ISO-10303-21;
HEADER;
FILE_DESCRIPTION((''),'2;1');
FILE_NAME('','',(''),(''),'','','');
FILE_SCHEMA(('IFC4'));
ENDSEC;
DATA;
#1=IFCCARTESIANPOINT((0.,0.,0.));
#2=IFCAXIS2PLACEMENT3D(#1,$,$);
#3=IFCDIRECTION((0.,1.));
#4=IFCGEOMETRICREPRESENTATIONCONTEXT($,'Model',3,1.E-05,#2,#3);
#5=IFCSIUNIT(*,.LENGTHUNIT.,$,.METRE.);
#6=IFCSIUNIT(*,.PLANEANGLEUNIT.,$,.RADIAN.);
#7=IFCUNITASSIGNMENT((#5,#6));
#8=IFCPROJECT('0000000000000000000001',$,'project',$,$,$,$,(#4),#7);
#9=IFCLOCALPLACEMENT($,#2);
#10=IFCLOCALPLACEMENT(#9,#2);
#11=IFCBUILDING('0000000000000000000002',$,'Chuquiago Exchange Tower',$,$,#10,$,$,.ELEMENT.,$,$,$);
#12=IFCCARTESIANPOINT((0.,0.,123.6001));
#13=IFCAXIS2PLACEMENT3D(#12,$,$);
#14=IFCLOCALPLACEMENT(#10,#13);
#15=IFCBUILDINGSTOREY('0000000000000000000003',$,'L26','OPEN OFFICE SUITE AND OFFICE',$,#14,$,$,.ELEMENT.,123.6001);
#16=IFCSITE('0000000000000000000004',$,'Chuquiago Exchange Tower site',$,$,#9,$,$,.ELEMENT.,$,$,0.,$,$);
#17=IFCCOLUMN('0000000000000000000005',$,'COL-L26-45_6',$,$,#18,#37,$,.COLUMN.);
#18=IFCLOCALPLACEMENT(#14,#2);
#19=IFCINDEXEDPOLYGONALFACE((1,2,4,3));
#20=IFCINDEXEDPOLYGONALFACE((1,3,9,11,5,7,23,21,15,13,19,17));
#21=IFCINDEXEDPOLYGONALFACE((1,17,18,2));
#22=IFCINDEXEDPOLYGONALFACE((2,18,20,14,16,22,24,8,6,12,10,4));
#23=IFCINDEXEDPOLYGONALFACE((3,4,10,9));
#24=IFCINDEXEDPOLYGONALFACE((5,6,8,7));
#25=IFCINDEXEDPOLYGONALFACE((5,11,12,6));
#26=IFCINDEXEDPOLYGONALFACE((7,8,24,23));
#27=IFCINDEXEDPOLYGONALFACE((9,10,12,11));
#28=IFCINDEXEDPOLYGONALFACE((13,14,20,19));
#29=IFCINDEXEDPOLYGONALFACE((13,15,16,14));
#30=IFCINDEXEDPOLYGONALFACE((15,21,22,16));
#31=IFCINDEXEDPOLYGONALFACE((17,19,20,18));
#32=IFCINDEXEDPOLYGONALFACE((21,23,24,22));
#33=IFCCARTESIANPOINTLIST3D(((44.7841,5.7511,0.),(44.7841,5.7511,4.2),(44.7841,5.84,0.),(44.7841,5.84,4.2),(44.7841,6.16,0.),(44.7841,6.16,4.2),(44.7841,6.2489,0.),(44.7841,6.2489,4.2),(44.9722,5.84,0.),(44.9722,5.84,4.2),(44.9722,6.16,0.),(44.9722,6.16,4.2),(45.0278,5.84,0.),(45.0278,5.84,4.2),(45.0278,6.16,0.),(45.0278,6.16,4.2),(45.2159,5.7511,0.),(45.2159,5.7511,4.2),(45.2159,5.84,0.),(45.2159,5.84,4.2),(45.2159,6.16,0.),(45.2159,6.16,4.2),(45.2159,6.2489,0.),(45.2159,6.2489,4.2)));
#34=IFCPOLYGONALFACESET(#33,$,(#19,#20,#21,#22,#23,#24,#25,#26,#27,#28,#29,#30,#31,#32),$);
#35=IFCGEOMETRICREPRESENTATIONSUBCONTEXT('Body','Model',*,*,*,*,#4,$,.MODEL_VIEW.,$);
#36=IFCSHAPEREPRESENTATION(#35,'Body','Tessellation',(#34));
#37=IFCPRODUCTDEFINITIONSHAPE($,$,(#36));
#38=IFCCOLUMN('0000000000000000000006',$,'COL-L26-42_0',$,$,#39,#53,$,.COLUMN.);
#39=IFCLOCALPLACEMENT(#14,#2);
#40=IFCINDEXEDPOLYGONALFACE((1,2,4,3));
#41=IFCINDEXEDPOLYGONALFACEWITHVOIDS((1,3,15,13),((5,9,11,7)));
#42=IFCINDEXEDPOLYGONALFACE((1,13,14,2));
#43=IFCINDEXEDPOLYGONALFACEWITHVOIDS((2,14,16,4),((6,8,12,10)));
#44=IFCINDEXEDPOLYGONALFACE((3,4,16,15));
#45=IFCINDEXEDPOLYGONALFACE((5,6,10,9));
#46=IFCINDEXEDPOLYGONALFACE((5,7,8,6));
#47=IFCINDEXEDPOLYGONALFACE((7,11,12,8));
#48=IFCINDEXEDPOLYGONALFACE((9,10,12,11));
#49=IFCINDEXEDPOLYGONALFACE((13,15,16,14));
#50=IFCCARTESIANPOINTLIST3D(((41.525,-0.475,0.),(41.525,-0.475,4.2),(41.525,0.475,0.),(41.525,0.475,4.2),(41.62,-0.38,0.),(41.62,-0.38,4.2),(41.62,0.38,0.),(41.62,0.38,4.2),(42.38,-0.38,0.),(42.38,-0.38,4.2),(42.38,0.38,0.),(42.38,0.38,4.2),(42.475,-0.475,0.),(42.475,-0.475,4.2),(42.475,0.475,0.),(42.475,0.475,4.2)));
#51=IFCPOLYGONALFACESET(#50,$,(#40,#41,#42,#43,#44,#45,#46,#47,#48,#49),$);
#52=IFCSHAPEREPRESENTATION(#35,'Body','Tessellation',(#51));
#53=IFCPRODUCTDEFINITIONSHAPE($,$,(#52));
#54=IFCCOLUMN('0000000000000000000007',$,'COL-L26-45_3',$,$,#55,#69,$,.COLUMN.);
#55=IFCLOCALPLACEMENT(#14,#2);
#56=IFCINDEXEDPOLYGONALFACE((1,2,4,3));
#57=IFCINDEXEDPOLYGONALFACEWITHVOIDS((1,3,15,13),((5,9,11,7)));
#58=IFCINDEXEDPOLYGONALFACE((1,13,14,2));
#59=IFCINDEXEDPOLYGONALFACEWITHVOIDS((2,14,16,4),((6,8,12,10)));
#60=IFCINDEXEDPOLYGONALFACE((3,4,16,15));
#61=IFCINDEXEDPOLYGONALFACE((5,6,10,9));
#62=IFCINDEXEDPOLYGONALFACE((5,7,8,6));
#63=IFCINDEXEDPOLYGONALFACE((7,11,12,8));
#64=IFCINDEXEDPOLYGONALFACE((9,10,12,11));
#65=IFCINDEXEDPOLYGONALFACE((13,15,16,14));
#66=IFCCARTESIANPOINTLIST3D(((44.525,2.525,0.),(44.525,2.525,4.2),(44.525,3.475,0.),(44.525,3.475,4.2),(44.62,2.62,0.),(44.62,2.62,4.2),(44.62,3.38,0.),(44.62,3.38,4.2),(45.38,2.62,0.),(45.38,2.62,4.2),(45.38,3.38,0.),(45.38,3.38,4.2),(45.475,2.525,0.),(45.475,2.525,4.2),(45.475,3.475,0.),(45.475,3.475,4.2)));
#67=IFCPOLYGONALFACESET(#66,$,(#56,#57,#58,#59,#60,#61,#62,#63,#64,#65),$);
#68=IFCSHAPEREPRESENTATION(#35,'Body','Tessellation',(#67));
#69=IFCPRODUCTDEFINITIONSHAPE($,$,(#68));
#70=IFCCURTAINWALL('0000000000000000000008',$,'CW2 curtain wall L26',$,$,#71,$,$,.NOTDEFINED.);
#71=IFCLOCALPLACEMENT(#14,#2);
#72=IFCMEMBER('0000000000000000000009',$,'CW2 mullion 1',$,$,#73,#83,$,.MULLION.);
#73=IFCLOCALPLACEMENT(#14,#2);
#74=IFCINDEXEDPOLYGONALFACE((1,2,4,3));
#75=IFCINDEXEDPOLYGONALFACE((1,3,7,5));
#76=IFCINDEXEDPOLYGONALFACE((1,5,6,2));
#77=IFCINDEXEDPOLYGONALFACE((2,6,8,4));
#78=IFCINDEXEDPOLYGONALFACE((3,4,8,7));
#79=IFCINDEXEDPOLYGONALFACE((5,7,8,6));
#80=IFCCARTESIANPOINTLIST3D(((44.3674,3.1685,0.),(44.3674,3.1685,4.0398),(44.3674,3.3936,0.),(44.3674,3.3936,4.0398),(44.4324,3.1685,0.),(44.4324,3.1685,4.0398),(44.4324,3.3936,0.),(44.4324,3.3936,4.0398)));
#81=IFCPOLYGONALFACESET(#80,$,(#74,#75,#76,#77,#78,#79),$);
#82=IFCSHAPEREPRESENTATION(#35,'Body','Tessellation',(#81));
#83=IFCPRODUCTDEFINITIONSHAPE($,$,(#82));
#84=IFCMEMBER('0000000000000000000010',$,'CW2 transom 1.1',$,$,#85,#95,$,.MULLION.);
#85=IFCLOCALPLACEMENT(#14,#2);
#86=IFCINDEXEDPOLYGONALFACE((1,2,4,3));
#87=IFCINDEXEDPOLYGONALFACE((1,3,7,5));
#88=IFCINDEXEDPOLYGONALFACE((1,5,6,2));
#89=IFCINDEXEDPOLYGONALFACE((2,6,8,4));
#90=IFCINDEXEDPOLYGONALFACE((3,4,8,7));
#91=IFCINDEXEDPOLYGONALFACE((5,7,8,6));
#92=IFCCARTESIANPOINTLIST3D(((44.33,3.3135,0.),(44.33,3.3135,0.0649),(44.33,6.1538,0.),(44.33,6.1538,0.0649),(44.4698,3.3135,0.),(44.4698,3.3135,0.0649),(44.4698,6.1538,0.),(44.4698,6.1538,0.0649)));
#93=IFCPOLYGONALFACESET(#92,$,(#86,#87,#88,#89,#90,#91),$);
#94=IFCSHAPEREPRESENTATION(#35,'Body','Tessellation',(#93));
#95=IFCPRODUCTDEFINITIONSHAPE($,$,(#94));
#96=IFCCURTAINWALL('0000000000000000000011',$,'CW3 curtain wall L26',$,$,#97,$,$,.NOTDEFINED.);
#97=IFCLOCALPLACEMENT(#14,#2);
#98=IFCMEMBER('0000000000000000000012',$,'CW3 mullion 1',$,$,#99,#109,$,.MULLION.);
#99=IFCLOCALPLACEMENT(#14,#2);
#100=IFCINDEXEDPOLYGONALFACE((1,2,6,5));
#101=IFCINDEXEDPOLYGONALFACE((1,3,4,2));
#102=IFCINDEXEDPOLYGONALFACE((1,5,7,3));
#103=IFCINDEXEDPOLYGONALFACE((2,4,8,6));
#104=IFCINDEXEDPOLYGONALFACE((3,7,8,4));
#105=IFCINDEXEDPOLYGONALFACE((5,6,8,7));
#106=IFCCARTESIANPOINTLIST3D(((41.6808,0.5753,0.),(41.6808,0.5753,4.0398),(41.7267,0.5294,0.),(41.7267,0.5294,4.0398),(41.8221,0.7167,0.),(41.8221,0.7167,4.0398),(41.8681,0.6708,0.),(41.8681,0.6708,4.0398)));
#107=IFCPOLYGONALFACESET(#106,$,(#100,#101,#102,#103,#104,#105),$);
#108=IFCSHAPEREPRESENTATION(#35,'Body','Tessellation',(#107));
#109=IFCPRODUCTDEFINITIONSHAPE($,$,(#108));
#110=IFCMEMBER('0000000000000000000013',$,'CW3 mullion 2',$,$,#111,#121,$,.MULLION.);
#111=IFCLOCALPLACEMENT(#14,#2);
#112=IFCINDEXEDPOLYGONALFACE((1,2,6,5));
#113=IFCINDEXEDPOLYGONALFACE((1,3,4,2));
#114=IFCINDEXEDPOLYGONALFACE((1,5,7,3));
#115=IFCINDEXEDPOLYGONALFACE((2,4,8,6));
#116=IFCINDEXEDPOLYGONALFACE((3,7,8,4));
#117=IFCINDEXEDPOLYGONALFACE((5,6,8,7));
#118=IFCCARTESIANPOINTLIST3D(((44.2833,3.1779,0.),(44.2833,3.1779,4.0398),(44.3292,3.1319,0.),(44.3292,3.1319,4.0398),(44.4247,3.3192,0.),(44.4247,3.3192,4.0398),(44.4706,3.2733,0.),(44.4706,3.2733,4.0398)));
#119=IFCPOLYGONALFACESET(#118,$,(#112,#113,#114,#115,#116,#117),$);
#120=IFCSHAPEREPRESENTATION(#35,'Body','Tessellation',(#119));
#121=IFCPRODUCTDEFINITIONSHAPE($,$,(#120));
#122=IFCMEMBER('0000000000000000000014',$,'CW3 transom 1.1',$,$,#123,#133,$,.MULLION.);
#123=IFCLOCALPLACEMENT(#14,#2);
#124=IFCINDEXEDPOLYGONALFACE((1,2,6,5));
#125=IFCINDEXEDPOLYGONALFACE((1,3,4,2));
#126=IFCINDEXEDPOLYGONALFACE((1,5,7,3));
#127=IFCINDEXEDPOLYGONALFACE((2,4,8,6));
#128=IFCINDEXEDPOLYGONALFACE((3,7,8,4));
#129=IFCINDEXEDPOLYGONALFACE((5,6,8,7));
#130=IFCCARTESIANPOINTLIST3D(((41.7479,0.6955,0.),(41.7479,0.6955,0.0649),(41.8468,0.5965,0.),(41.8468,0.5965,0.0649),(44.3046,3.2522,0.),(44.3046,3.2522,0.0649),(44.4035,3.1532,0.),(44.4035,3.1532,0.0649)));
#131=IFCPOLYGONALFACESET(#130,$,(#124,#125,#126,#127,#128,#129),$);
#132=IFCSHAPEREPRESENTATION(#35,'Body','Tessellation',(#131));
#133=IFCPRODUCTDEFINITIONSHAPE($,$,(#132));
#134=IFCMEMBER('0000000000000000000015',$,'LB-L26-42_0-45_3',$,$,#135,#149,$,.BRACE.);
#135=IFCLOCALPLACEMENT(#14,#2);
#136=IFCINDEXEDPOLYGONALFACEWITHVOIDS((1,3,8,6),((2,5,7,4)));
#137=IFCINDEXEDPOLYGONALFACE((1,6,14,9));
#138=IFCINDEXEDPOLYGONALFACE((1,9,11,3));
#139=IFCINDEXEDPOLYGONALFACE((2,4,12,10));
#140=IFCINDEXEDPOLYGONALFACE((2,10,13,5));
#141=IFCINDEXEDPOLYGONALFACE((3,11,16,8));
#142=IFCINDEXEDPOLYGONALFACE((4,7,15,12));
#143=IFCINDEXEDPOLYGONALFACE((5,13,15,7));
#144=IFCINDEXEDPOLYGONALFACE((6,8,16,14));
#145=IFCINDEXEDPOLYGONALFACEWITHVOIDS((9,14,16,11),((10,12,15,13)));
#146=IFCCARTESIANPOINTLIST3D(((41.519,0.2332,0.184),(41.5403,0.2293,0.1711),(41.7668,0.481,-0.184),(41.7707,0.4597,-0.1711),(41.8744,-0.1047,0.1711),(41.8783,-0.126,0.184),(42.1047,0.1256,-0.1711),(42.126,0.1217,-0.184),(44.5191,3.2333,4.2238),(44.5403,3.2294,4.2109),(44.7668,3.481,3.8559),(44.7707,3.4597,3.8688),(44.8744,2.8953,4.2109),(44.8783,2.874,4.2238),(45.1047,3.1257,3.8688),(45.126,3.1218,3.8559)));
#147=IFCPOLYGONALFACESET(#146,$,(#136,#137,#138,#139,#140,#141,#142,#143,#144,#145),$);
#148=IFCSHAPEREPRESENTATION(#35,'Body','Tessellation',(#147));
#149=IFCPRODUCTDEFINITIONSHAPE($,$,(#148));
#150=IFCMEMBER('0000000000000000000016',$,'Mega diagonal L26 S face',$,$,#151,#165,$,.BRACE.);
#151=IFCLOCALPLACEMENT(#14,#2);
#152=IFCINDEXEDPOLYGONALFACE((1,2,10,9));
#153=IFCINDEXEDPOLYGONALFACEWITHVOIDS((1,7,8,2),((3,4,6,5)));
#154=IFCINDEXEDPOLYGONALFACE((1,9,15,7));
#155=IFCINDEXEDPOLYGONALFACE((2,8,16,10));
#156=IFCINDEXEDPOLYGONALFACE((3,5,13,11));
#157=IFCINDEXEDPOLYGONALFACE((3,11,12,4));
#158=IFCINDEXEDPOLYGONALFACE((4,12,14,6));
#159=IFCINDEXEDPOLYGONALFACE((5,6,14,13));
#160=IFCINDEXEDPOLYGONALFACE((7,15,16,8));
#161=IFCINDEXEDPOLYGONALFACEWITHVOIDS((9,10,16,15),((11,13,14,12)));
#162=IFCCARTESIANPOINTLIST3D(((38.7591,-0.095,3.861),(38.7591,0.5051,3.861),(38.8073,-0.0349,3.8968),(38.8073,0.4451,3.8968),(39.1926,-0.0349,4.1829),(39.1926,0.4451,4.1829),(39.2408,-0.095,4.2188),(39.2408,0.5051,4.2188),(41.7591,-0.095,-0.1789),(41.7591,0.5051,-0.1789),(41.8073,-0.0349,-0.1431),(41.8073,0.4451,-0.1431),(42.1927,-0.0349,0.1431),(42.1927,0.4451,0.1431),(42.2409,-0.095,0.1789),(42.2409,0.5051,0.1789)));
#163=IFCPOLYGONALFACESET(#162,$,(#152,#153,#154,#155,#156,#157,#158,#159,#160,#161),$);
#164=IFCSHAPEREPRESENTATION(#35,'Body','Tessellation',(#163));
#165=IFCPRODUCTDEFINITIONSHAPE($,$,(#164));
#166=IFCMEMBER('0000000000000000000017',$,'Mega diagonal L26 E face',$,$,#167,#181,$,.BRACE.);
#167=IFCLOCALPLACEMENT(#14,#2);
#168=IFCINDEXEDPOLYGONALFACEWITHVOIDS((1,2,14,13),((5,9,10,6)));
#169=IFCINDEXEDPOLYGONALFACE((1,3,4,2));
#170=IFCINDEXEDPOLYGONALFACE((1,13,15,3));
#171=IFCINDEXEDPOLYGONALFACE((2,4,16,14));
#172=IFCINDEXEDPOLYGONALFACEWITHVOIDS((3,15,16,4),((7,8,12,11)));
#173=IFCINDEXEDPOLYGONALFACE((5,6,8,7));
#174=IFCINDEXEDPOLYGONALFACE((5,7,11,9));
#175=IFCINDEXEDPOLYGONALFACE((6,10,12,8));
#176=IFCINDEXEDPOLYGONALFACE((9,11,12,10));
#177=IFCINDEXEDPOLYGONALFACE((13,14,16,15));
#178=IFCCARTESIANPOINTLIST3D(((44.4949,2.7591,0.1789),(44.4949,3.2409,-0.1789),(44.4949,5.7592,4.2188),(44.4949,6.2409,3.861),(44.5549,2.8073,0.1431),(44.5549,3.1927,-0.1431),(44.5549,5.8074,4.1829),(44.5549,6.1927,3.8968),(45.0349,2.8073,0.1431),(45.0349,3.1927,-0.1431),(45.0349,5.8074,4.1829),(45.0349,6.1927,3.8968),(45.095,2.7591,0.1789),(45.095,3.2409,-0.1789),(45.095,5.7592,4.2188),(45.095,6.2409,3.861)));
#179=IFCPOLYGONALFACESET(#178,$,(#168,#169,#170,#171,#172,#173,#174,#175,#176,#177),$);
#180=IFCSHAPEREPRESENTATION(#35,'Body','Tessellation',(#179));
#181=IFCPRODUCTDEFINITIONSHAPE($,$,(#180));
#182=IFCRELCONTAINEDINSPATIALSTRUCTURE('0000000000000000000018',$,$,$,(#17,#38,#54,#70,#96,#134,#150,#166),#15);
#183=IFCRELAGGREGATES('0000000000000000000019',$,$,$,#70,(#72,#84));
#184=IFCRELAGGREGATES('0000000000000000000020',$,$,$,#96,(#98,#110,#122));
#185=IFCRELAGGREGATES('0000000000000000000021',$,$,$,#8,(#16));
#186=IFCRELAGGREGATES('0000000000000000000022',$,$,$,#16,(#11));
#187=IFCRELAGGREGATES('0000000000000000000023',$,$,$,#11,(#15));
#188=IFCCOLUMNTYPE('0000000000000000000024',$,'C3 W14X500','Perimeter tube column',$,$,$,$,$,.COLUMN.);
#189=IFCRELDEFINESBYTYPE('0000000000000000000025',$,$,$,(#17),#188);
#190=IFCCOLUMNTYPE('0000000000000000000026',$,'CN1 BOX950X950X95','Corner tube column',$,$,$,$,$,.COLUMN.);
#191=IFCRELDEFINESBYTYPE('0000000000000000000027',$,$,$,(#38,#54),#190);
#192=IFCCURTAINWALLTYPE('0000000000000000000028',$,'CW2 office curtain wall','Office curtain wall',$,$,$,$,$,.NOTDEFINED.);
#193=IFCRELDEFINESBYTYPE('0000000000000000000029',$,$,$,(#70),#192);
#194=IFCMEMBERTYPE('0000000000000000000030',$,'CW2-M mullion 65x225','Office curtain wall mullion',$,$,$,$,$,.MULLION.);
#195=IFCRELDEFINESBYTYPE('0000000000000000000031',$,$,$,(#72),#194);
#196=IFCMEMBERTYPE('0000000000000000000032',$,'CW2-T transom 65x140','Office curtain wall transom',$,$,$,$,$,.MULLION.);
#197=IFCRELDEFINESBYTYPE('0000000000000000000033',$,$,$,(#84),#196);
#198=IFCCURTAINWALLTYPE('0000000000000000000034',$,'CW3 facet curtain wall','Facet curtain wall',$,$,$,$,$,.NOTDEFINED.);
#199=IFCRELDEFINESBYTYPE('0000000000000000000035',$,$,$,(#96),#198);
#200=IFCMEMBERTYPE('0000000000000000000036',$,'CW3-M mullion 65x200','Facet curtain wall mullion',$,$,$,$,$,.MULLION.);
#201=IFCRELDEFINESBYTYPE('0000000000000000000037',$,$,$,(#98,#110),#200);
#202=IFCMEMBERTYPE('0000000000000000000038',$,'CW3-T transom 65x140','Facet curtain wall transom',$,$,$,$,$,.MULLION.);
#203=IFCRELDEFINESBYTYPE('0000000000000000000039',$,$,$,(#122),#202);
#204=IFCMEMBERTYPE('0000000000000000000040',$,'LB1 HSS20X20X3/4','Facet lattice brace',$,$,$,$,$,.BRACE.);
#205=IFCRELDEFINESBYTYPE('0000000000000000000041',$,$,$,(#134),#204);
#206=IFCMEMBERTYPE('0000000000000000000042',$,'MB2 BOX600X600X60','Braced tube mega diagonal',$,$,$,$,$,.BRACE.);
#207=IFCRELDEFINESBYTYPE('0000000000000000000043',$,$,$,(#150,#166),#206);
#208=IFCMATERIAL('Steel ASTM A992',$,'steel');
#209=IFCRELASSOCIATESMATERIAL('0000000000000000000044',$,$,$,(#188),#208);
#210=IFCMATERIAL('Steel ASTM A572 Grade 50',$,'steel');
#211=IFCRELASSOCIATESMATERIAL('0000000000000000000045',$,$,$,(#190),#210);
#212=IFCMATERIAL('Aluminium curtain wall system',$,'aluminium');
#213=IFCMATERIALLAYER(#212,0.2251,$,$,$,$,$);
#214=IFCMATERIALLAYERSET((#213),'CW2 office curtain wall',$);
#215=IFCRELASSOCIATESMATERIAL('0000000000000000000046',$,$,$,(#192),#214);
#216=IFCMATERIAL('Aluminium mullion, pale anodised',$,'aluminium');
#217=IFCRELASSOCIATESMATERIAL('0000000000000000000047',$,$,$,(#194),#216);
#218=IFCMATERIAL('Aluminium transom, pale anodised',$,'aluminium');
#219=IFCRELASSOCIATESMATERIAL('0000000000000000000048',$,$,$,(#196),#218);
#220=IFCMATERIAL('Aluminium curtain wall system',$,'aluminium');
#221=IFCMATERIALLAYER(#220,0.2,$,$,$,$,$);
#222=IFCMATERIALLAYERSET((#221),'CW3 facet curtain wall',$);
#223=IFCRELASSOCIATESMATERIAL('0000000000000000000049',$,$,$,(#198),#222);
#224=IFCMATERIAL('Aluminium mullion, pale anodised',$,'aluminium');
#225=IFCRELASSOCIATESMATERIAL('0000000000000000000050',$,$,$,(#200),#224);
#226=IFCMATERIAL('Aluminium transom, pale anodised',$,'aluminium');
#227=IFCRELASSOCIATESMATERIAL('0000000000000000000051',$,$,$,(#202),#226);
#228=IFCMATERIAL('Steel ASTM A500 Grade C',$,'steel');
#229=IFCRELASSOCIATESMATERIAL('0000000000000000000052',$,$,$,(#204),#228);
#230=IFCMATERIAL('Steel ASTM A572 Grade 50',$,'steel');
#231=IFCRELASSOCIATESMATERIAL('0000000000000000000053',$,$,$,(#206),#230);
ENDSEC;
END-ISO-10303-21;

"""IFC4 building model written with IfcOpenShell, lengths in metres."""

from ifc_helpers import new_model, si_unit, direction, frame, origin, origin_2d, place, context, subcontext, project, spatial, rectangle, hollow_rectangle, i_section, extrude, material, layer, layer_set, material_profile, profile_set, type_object, element, aggregate, save


model = new_model("IFC4")

# Units and contexts
model_context = context("Model", 3, precision=1e-05, world=origin(), true_north=direction((0.0, 1.0)))
body_context = subcontext(model_context, "Body", "Model", "MODEL_VIEW")
ifc_project = project(units=[si_unit("LENGTHUNIT", "METRE"), si_unit("PLANEANGLEUNIT", "RADIAN")], contexts=[model_context])

# Site, building, storey
site_placement = place(None, origin())
site = spatial("IfcSite", under=ifc_project, at=site_placement, Name="Chuquiago Exchange Tower site", CompositionType="ELEMENT", RefElevation=0.0)
building_placement = place(site_placement, origin())
building = spatial("IfcBuilding", under=site, at=building_placement, Name="Chuquiago Exchange Tower", CompositionType="ELEMENT")
storey_placement = place(building_placement, frame((0.0, 0.0, 123.6001)))
storey = spatial("IfcBuildingStorey", under=building, at=storey_placement, Name="L26", Description="OPEN OFFICE SUITE AND OFFICE", CompositionType="ELEMENT", Elevation=123.6001)

# Columns
ifc_material_1 = material(Name="Steel ASTM A992", Category="steel")
ifc_material_profile_1 = material_profile(ifc_material_1, i_section(OverallWidth=0.4319, OverallDepth=0.4978, WebThickness=0.0557, FlangeThickness=0.0889, at=origin_2d()), Name="W14X500")
ifc_profile_set_1 = profile_set([ifc_material_profile_1], Name="Steel ASTM A992")
column_type_1 = type_object("IfcColumnType", Name="C3 W14X500", Description="Perimeter tube column", PredefinedType="COLUMN", material=ifc_profile_set_1)
column_placement = place(storey_placement, frame((45.0, 6.0, 0.0), z_axis=(0.0, 0.0, 1.0), x_axis=(1.0, 0.0, 0.0)))
element("IfcColumn", 1, at=column_placement, inside=storey, type_object=column_type_1, Name="COL-L26-45_6", PredefinedType="COLUMN", context=body_context, shape_type="SweptSolid", body=[
    extrude(i_section(OverallWidth=0.4319, OverallDepth=0.4978, WebThickness=0.0557, FlangeThickness=0.0889, at=origin_2d()), origin(), (0.0, 0.0, 1.0), 4.2),
])
ifc_material_2 = material(Name="Steel ASTM A572 Grade 50", Category="steel")
ifc_material_profile_2 = material_profile(ifc_material_2, hollow_rectangle(XDim=0.95, YDim=0.95, WallThickness=0.095, at=origin_2d()), Name="BOX950X950X95")
ifc_profile_set_2 = profile_set([ifc_material_profile_2], Name="Steel ASTM A572 Grade 50")
column_type_2 = type_object("IfcColumnType", Name="CN1 BOX950X950X95", Description="Corner tube column", PredefinedType="COLUMN", material=ifc_profile_set_2)
for number, where, z_axis, x_axis, name in (
    (2, (42.0, 0.0, 0.0), (0.0, 0.0, 1.0), (0.0, -1.0, 0.0), "COL-L26-42_0"),
    (3, (45.0, 3.0, 0.0), (0.0, 0.0, 1.0), (1.0, 0.0, 0.0), "COL-L26-45_3"),
):
    element("IfcColumn", number, at=place(storey_placement, frame(where, z_axis=z_axis, x_axis=x_axis)), inside=storey, type_object=column_type_2, Name=name, PredefinedType="COLUMN", context=body_context, shape_type="SweptSolid", body=[
        extrude(hollow_rectangle(XDim=0.95, YDim=0.95, WallThickness=0.095, at=origin_2d()), origin(), (0.0, 0.0, 1.0), 4.2),
    ])

# Curtain walls, members
ifc_material_3 = material(Name="Aluminium curtain wall system", Category="aluminium")
ifc_layer_1 = layer(ifc_material_3, 0.2251)
ifc_layer_set_1 = layer_set([ifc_layer_1], Name="CW2 office curtain wall")
curtain_wall_type_1 = type_object("IfcCurtainWallType", Name="CW2 office curtain wall", Description="Office curtain wall", PredefinedType="NOTDEFINED", material=ifc_layer_set_1)
curtain_wall_1_placement = place(storey_placement, origin())
curtain_wall_1 = element("IfcCurtainWall", 4, at=curtain_wall_1_placement, inside=storey, type_object=curtain_wall_type_1, Name="CW2 curtain wall L26", PredefinedType="NOTDEFINED")
ifc_material_4 = material(Name="Aluminium mullion, pale anodised", Category="aluminium")
ifc_material_profile_3 = material_profile(ifc_material_4, rectangle(XDim=0.0649, YDim=0.2251, at=origin_2d()), Name="AL 65x225")
ifc_profile_set_3 = profile_set([ifc_material_profile_3], Name="Aluminium mullion, pale anodised")
member_type_1 = type_object("IfcMemberType", Name="CW2-M mullion 65x225", Description="Office curtain wall mullion", PredefinedType="MULLION", material=ifc_profile_set_3)
member_1_placement = place(storey_placement, frame((44.3999, 3.281, 0.0), z_axis=(0.0, 0.0, 1.0), x_axis=(-1.0, 0.0, 0.0)))
member_1 = element("IfcMember", 5, at=member_1_placement, type_object=member_type_1, Name="CW2 mullion 1", PredefinedType="MULLION", context=body_context, shape_type="SweptSolid", body=[
    extrude(rectangle(XDim=0.0649, YDim=0.2251, at=origin_2d()), origin(), (0.0, 0.0, 1.0), 4.0398),
])
ifc_material_5 = material(Name="Aluminium transom, pale anodised", Category="aluminium")
ifc_material_profile_4 = material_profile(ifc_material_5, rectangle(XDim=0.1399, YDim=0.0649, at=origin_2d()), Name="AL 140x65")
ifc_profile_set_4 = profile_set([ifc_material_profile_4], Name="Aluminium transom, pale anodised")
member_type_2 = type_object("IfcMemberType", Name="CW2-T transom 65x140", Description="Office curtain wall transom", PredefinedType="MULLION", material=ifc_profile_set_4)
member_2_placement = place(storey_placement, frame((44.3999, 3.3135, 0.0325), z_axis=(0.0, 1.0, 0.0), x_axis=(-1.0, 0.0, 0.0)))
member_2 = element("IfcMember", 6, at=member_2_placement, type_object=member_type_2, Name="CW2 transom 1.1", PredefinedType="MULLION", context=body_context, shape_type="SweptSolid", body=[
    extrude(rectangle(XDim=0.1399, YDim=0.0649, at=origin_2d()), origin(), (0.0, 0.0, 1.0), 2.8403),
])
ifc_material_6 = material(Name="Aluminium curtain wall system", Category="aluminium")
ifc_layer_2 = layer(ifc_material_6, 0.2)
ifc_layer_set_2 = layer_set([ifc_layer_2], Name="CW3 facet curtain wall")
curtain_wall_type_2 = type_object("IfcCurtainWallType", Name="CW3 facet curtain wall", Description="Facet curtain wall", PredefinedType="NOTDEFINED", material=ifc_layer_set_2)
curtain_wall_2_placement = place(storey_placement, origin())
curtain_wall_2 = element("IfcCurtainWall", 7, at=curtain_wall_2_placement, inside=storey, type_object=curtain_wall_type_2, Name="CW3 curtain wall L26", PredefinedType="NOTDEFINED")
ifc_material_7 = material(Name="Aluminium mullion, pale anodised", Category="aluminium")
ifc_material_profile_5 = material_profile(ifc_material_7, rectangle(XDim=0.0649, YDim=0.2, at=origin_2d()), Name="AL 65x200")
ifc_profile_set_5 = profile_set([ifc_material_profile_5], Name="Aluminium mullion, pale anodised")
member_type_3 = type_object("IfcMemberType", Name="CW3-M mullion 65x200", Description="Facet curtain wall mullion", PredefinedType="MULLION", material=ifc_profile_set_5)
member_3_placement = place(storey_placement, frame((41.7744, 0.623, 0.0), z_axis=(0.0, 0.0, 1.0), x_axis=(-0.707107, 0.707107, 0.0)))
member_3 = element("IfcMember", 8, at=member_3_placement, type_object=member_type_3, Name="CW3 mullion 1", PredefinedType="MULLION", context=body_context, shape_type="SweptSolid", body=[
    extrude(rectangle(XDim=0.0649, YDim=0.2, at=origin_2d()), origin(), (0.0, 0.0, 1.0), 4.0398),
])
member_4_placement = place(storey_placement, frame((44.377, 3.2256, 0.0), z_axis=(0.0, 0.0, 1.0), x_axis=(-0.707107, 0.707107, 0.0)))
member_4 = element("IfcMember", 9, at=member_4_placement, type_object=member_type_3, Name="CW3 mullion 2", PredefinedType="MULLION", context=body_context, shape_type="SweptSolid", body=[
    extrude(rectangle(XDim=0.0649, YDim=0.2, at=origin_2d()), origin(), (0.0, 0.0, 1.0), 4.0398),
])
ifc_material_8 = material(Name="Aluminium transom, pale anodised", Category="aluminium")
ifc_material_profile_6 = material_profile(ifc_material_8, rectangle(XDim=0.1399, YDim=0.0649, at=origin_2d()), Name="AL 140x65")
ifc_profile_set_6 = profile_set([ifc_material_profile_6], Name="Aluminium transom, pale anodised")
member_type_4 = type_object("IfcMemberType", Name="CW3-T transom 65x140", Description="Facet curtain wall transom", PredefinedType="MULLION", material=ifc_profile_set_6)
member_5_placement = place(storey_placement, frame((41.7974, 0.646, 0.0325), z_axis=(0.707107, 0.707107, 0.0), x_axis=(-0.707107, 0.707107, 0.0)))
member_5 = element("IfcMember", 10, at=member_5_placement, type_object=member_type_4, Name="CW3 transom 1.1", PredefinedType="MULLION", context=body_context, shape_type="SweptSolid", body=[
    extrude(rectangle(XDim=0.1399, YDim=0.0649, at=origin_2d()), origin(), (0.0, 0.0, 1.0), 3.6157),
])

# Members
ifc_material_9 = material(Name="Steel ASTM A500 Grade C", Category="steel")
ifc_material_profile_7 = material_profile(ifc_material_9, hollow_rectangle(XDim=0.5081, YDim=0.5081, WallThickness=0.0178, at=origin_2d()), Name="HSS20X20X3/4")
ifc_profile_set_7 = profile_set([ifc_material_profile_7], Name="Steel ASTM A500 Grade C")
member_type_5 = type_object("IfcMemberType", Name="LB1 HSS20X20X3/4", Description="Facet lattice brace", PredefinedType="BRACE", material=ifc_profile_set_7)
member_6_placement = place(storey_placement, frame((41.8225, 0.1775, 0.0), z_axis=(0.512092, 0.512092, 0.689582), x_axis=(-0.707107, 0.707107, 0.0)))
element("IfcMember", 11, at=member_6_placement, inside=storey, type_object=member_type_5, Name="LB-L26-42_0-45_3", PredefinedType="BRACE", context=body_context, shape_type="SweptSolid", body=[
    extrude(hollow_rectangle(XDim=0.5081, YDim=0.5081, WallThickness=0.0178, at=origin_2d()), origin(), (0.0, 0.0, 1.0), 5.8584),
])
ifc_material_10 = material(Name="Steel ASTM A572 Grade 50", Category="steel")
ifc_material_profile_8 = material_profile(ifc_material_10, hollow_rectangle(XDim=0.6001, YDim=0.6001, WallThickness=0.0601, at=origin_2d()), Name="BOX600X600X60")
ifc_profile_set_8 = profile_set([ifc_material_profile_8], Name="Steel ASTM A572 Grade 50")
member_type_6 = type_object("IfcMemberType", Name="MB2 BOX600X600X60", Description="Braced tube mega diagonal", PredefinedType="BRACE", material=ifc_profile_set_8)
for number, where, z_axis, x_axis, name in (
    (12, (42.0, 0.2051, 0.0), (-0.596197, 0.0, 0.802838), (0.0, -1.0, 0.0), "Mega diagonal L26 S face"),
    (13, (44.7949, 3.0, 0.0), (0.0, 0.596197, 0.802838), (-1.0, 0.0, 0.0), "Mega diagonal L26 E face"),
):
    element("IfcMember", number, at=place(storey_placement, frame(where, z_axis=z_axis, x_axis=x_axis)), inside=storey, type_object=member_type_6, Name=name, PredefinedType="BRACE", context=body_context, shape_type="SweptSolid", body=[
        extrude(hollow_rectangle(XDim=0.6001, YDim=0.6001, WallThickness=0.0601, at=origin_2d()), origin(), (0.0, 0.0, 1.0), 5.032),
    ])

aggregate(curtain_wall_1, [member_1, member_2])
aggregate(curtain_wall_2, [member_3, member_4, member_5])

save(model, "model.ifc")
